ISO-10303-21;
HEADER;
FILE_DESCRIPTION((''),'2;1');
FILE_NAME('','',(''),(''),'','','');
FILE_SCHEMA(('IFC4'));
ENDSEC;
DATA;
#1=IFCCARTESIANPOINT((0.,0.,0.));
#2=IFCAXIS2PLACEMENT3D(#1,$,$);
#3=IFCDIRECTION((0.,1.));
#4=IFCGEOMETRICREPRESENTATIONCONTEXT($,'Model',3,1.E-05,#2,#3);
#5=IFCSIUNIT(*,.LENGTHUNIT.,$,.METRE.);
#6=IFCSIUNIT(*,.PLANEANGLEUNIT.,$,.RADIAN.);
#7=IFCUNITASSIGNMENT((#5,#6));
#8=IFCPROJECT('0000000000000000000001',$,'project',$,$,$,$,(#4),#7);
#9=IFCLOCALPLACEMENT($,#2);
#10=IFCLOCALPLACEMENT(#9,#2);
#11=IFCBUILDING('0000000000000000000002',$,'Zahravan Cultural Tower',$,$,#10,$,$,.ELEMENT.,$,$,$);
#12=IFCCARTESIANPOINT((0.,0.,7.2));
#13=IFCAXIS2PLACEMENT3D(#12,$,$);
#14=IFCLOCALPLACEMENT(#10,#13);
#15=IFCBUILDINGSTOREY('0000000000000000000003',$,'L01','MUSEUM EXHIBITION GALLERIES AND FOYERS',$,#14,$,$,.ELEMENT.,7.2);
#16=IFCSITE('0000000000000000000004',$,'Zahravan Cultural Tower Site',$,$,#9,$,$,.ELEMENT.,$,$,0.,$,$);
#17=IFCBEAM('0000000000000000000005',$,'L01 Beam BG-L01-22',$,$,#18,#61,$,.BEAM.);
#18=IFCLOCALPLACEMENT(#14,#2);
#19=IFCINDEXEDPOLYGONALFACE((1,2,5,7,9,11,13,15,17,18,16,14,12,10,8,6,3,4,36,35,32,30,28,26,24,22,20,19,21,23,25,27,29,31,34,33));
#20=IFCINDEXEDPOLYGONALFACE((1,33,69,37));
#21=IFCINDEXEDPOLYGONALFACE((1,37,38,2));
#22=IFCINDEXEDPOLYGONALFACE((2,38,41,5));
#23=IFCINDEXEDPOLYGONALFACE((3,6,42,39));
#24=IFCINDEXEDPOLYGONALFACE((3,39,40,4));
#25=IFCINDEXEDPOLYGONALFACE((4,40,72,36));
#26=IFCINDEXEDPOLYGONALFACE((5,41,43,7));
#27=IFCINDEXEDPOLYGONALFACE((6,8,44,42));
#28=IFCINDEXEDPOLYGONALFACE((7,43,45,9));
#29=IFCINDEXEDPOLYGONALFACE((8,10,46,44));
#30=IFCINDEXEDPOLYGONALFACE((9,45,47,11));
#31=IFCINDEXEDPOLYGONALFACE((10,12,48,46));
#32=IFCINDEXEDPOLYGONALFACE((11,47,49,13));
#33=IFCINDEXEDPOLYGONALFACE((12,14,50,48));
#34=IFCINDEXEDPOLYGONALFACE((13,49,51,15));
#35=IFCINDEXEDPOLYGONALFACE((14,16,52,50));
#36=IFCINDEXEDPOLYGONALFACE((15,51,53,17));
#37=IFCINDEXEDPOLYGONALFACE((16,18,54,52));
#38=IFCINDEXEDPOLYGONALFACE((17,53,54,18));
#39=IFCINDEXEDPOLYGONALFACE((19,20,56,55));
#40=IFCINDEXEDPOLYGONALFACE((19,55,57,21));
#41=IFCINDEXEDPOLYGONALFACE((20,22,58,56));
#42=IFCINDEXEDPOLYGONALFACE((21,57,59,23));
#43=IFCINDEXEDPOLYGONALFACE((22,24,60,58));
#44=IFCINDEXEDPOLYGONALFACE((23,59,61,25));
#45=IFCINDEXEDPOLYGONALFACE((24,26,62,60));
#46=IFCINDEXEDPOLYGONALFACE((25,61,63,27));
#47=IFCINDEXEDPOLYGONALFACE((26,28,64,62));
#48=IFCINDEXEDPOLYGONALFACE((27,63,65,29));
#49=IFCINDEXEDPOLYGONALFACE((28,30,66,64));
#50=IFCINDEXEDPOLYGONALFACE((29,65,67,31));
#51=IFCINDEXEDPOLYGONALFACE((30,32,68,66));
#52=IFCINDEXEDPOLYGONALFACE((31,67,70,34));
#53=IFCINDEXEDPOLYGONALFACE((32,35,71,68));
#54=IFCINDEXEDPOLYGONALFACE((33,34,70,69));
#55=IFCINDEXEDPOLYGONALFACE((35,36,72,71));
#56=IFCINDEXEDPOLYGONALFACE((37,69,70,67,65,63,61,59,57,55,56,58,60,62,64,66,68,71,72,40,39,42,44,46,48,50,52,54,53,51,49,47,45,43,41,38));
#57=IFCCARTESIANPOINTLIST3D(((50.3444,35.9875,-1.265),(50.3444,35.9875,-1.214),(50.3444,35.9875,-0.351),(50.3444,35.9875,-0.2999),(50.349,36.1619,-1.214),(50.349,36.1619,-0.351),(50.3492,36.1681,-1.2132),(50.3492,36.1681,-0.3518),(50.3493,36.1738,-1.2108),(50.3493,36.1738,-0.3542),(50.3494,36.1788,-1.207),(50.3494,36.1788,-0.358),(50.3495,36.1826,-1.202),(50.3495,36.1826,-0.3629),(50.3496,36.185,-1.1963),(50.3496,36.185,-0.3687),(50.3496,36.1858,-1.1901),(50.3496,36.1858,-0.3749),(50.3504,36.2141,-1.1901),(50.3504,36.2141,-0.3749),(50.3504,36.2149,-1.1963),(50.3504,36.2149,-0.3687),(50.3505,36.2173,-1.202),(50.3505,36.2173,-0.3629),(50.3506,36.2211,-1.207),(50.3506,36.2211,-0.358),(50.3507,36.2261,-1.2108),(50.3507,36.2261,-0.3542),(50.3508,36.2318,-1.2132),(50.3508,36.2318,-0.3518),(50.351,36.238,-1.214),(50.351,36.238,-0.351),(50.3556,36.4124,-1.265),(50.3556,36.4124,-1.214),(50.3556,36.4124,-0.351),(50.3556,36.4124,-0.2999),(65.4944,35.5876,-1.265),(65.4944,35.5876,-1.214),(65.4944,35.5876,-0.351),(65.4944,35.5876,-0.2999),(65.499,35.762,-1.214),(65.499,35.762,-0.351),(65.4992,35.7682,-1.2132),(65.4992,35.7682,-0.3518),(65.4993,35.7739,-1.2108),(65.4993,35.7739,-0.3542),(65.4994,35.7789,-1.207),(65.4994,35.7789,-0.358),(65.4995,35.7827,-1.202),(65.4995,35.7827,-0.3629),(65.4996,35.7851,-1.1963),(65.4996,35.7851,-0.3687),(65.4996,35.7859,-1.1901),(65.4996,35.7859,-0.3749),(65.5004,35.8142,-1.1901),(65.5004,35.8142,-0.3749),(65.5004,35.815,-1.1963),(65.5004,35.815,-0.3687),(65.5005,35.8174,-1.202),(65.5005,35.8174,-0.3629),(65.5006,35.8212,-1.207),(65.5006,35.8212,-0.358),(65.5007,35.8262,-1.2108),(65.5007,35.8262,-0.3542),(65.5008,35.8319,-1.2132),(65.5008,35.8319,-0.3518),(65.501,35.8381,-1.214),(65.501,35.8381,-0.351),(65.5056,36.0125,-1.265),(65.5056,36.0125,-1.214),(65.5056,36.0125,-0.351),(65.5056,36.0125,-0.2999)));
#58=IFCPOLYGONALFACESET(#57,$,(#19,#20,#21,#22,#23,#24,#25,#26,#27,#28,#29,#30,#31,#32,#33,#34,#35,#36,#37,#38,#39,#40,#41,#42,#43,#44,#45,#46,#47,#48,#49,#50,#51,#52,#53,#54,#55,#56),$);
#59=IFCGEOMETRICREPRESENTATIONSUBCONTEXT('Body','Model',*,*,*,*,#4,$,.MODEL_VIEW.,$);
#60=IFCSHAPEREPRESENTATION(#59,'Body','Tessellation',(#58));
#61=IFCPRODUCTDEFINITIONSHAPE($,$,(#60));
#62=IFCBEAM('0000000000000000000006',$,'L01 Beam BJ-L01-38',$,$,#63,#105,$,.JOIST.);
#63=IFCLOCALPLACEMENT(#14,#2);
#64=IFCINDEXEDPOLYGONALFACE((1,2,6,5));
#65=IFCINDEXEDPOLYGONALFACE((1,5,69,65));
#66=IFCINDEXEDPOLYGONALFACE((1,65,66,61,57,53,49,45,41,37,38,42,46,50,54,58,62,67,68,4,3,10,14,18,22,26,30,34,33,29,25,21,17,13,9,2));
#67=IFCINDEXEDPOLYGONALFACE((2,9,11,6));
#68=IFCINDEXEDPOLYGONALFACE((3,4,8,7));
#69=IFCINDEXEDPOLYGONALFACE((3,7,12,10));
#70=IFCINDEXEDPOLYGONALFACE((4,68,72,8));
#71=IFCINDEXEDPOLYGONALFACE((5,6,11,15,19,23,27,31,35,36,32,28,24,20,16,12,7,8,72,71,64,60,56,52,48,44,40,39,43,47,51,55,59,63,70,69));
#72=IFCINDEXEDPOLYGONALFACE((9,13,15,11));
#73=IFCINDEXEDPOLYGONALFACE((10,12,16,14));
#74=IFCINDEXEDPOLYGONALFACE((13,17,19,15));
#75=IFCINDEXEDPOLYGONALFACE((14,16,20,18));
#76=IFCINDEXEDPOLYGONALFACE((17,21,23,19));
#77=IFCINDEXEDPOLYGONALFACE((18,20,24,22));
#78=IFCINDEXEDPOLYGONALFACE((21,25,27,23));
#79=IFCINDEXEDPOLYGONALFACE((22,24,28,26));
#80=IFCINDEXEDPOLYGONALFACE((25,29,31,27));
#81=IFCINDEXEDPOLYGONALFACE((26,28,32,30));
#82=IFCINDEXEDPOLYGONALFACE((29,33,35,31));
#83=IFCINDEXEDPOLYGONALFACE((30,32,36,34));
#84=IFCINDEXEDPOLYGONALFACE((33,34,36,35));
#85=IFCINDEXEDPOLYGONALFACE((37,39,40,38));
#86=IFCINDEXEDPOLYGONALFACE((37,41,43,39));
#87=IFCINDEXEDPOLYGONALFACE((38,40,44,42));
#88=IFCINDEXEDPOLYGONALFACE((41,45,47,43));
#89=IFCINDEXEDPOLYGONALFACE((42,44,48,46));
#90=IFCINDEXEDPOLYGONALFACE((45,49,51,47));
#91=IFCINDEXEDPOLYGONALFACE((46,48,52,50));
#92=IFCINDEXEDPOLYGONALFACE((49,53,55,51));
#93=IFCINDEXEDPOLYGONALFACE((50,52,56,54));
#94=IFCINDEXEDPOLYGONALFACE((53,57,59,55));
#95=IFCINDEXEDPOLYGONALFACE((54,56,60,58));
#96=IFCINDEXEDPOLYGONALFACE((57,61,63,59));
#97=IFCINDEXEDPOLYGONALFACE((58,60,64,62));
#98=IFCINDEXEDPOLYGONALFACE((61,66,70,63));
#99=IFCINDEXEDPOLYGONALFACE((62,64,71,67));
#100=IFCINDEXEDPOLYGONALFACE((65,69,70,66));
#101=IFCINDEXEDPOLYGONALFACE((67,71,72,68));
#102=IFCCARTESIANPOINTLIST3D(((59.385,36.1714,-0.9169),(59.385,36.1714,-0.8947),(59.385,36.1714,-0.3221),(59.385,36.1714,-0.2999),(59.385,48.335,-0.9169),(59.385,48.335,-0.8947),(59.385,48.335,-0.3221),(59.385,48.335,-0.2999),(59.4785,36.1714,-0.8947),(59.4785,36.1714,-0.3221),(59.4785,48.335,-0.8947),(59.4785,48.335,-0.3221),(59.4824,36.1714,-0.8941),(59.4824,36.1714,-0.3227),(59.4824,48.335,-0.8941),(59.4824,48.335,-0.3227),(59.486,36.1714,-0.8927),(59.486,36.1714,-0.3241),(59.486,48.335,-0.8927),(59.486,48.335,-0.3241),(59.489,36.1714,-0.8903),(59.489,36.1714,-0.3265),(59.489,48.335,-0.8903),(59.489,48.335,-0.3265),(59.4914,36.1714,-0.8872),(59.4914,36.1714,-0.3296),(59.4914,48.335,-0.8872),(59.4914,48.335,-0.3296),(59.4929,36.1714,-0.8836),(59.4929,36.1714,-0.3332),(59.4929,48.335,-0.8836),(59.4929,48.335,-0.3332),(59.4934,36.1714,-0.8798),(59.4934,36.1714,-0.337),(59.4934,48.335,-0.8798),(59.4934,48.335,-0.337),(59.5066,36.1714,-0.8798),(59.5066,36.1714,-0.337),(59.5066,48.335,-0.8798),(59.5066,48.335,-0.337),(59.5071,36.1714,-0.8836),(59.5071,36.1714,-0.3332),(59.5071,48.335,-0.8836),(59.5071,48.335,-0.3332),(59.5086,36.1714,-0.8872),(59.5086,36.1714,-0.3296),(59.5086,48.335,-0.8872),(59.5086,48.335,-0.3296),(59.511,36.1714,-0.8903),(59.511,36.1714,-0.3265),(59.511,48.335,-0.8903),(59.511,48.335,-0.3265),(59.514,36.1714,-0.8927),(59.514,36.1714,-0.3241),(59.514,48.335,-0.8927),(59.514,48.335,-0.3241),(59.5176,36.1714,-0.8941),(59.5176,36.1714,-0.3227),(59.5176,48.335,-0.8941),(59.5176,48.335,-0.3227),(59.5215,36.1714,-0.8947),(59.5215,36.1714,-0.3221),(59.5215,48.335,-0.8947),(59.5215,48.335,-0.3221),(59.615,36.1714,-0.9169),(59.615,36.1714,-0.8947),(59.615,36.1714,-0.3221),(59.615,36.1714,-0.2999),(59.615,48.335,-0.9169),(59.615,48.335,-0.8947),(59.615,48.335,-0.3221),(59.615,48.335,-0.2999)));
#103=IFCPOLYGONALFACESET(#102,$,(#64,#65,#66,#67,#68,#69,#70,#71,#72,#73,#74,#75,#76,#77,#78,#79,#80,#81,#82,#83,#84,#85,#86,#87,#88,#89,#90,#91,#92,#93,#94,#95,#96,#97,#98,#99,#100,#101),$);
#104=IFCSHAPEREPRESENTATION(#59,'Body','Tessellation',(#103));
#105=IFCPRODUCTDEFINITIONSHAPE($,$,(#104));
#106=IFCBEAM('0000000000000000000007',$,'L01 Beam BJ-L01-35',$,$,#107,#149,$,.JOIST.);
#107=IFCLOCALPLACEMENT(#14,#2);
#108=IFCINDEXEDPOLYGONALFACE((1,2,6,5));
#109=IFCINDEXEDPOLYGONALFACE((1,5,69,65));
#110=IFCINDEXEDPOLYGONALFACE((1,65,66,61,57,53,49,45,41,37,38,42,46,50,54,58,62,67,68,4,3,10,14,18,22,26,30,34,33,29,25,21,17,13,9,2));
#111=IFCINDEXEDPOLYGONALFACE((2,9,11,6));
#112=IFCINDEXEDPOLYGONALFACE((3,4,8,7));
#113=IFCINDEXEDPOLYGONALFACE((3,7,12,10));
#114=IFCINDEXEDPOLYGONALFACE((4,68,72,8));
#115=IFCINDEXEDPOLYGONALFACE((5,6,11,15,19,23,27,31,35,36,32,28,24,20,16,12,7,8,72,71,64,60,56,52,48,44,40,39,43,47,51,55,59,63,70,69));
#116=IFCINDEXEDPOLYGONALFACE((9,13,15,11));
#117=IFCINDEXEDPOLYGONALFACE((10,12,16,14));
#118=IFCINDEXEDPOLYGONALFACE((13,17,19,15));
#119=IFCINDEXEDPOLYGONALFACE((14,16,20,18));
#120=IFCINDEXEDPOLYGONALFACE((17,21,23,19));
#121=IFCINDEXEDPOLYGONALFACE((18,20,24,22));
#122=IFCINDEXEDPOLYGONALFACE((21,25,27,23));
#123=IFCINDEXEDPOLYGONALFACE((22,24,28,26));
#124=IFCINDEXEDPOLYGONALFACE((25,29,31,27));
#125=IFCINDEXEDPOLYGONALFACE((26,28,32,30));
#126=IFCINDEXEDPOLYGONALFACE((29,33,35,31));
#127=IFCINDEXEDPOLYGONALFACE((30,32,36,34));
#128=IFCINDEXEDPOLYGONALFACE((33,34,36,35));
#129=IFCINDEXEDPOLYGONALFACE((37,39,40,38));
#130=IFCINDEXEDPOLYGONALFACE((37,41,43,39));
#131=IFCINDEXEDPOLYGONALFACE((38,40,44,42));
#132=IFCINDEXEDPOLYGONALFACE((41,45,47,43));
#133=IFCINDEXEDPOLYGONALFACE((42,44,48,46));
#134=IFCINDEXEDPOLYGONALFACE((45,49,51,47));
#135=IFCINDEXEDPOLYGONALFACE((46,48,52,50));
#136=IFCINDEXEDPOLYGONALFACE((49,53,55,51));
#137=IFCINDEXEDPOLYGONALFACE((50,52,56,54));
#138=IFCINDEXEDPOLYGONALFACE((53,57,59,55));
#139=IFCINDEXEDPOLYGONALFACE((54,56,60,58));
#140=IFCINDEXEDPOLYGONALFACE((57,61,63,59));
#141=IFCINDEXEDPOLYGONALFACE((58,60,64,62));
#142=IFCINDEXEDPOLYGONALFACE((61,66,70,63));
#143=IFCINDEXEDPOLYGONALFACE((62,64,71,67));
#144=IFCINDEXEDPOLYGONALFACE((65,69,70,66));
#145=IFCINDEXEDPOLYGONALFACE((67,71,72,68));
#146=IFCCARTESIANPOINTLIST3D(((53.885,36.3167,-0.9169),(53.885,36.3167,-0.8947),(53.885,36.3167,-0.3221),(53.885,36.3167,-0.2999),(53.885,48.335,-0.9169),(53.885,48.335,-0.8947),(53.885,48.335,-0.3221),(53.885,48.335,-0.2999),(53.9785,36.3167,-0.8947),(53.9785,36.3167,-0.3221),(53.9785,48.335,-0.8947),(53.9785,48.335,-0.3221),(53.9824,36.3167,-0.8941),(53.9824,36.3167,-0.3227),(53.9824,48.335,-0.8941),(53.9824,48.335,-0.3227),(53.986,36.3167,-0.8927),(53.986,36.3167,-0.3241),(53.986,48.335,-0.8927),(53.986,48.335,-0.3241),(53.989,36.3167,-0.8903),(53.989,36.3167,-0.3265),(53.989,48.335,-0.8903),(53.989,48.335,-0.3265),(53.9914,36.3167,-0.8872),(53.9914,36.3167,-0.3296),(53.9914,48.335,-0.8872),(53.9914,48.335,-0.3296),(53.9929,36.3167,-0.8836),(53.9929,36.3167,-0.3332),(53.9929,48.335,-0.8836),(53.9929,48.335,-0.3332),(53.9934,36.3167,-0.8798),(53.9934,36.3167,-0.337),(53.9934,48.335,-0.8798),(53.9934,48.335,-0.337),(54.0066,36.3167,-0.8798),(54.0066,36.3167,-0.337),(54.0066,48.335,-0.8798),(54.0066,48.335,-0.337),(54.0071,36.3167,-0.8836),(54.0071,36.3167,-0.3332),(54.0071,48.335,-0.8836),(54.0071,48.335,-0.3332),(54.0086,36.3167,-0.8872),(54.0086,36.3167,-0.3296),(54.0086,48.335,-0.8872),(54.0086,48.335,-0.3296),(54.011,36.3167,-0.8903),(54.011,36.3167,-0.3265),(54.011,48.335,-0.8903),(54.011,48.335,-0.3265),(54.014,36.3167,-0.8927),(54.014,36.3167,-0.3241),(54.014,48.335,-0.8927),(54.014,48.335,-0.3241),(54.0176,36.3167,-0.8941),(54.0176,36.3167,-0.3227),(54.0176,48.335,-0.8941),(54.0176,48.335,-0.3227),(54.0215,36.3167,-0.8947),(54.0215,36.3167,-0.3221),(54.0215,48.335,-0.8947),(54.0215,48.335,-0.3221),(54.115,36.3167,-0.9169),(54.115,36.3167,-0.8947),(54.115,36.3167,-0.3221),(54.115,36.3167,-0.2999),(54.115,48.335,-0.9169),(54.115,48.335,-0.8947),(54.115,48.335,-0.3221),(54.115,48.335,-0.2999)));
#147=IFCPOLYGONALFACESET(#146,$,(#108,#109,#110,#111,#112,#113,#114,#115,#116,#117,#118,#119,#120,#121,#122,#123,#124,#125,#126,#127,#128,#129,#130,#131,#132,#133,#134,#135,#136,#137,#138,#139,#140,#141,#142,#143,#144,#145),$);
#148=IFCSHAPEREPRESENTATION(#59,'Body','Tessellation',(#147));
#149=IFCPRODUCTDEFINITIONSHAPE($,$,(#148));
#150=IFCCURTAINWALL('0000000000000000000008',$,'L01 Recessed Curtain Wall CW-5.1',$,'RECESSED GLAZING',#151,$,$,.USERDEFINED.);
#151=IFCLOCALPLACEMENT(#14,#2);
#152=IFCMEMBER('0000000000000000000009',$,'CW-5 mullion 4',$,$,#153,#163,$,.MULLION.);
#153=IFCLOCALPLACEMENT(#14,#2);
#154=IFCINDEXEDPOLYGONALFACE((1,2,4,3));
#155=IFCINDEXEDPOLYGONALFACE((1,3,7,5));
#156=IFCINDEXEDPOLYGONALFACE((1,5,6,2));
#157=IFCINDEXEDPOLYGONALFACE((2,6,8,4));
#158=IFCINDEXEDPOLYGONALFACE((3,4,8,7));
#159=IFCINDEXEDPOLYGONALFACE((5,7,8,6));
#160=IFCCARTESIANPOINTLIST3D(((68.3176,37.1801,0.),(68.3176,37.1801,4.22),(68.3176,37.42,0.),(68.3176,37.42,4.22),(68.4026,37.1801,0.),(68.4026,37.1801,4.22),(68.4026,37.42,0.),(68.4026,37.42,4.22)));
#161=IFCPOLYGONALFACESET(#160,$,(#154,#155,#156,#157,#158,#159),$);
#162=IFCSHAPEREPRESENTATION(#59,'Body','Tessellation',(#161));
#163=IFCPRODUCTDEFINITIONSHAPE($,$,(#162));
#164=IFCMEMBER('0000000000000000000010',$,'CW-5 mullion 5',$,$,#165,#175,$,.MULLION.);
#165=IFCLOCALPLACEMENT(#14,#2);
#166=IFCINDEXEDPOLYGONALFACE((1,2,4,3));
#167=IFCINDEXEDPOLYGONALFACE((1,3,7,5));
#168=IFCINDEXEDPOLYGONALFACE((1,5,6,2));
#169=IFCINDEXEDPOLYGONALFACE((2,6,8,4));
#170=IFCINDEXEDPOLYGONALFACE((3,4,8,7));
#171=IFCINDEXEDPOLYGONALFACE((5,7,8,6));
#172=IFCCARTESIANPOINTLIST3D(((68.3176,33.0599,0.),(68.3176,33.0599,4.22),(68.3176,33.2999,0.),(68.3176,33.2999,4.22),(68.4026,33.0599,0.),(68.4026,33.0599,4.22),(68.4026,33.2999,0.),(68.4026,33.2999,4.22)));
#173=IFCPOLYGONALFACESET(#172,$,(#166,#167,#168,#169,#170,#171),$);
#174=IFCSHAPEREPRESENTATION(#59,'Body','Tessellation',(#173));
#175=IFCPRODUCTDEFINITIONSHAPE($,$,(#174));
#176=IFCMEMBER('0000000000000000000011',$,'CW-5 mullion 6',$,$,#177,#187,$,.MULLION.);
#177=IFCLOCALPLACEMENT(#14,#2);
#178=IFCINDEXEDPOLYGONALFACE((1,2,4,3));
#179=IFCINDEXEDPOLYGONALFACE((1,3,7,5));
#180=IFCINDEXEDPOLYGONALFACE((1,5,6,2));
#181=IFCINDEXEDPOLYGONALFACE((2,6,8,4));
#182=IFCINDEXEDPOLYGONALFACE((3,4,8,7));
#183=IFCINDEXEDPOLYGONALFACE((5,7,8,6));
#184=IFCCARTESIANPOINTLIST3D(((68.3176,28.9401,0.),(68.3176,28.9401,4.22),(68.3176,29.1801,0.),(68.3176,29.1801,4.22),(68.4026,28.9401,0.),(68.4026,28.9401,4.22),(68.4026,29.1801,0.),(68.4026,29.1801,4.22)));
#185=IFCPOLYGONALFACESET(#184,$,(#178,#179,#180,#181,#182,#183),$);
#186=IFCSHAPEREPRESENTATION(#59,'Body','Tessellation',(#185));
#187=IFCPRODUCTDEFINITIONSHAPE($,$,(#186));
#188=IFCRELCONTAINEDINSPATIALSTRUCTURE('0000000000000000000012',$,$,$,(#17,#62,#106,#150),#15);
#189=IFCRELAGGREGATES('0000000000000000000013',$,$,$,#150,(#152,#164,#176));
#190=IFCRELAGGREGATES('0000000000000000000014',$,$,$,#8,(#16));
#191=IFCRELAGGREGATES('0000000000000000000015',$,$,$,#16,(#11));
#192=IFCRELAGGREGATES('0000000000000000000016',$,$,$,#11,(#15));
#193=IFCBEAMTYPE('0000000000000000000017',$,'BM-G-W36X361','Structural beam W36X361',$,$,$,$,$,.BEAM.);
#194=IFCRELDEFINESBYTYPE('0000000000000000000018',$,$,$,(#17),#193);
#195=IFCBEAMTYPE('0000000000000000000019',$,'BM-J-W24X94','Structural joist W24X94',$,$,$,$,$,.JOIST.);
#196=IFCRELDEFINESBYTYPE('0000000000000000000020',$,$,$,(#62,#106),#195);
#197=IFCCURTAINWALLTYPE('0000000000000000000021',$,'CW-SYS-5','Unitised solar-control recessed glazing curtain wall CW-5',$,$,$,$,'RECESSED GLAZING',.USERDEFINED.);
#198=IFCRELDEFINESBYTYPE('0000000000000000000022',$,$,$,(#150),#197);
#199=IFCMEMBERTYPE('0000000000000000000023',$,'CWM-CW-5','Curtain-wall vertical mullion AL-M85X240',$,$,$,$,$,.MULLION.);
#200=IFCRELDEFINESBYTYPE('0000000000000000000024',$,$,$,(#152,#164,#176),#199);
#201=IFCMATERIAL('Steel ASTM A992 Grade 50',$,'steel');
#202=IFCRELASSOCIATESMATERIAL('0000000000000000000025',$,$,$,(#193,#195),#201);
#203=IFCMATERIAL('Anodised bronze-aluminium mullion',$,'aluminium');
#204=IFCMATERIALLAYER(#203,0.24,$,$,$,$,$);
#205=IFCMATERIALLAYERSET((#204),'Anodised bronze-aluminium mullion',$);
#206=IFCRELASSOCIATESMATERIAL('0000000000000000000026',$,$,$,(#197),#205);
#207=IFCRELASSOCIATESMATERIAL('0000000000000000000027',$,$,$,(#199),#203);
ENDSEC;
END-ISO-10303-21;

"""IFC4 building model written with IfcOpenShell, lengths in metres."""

from ifc_helpers import new_model, si_unit, direction, frame, origin, origin_2d, place, context, subcontext, project, spatial, rectangle, i_section, extrude, source, transform, mapped, material, layer, layer_set, material_profile, profile_set, type_object, element, aggregate, save


model = new_model("IFC4")

# Units and contexts
model_context = context("Model", 3, precision=1e-05, world=origin(), true_north=direction((0.0, 1.0)))
body_context = subcontext(model_context, "Body", "Model", "MODEL_VIEW")
ifc_project = project(units=[si_unit("LENGTHUNIT", "METRE"), si_unit("PLANEANGLEUNIT", "RADIAN")], contexts=[model_context])

# Site, building, storey
site_placement = place(None, origin())
site = spatial("IfcSite", under=ifc_project, at=site_placement, Name="Zahravan Cultural Tower Site", CompositionType="ELEMENT", RefElevation=0.0)
building_placement = place(site_placement, origin())
building = spatial("IfcBuilding", under=site, at=building_placement, Name="Zahravan Cultural Tower", CompositionType="ELEMENT")
storey_placement = place(building_placement, frame((0.0, 0.0, 7.2)))
storey = spatial("IfcBuildingStorey", under=building, at=storey_placement, Name="L01", Description="MUSEUM EXHIBITION GALLERIES AND FOYERS", CompositionType="ELEMENT", Elevation=7.2)

# Beams
ifc_material_1 = material(Name="Steel ASTM A992 Grade 50", Category="steel")
ifc_material_profile_1 = material_profile(ifc_material_1, i_section(OverallWidth=0.425, OverallDepth=0.9651, WebThickness=0.0283, FlangeThickness=0.051, FilletRadius=0.0239, at=origin_2d()), Name="W36X361")
ifc_profile_set_1 = profile_set([ifc_material_profile_1], Name="Steel ASTM A992 Grade 50")
beam_type_1 = type_object("IfcBeamType", Name="BM-G-W36X361", Description="Structural beam W36X361", PredefinedType="BEAM", material=ifc_profile_set_1)
shared_shape_1 = source(origin(), body_context, "Body", "SweptSolid", [
    extrude(i_section(OverallWidth=0.425, OverallDepth=0.9651, WebThickness=0.0283, FlangeThickness=0.051, FilletRadius=0.0239, at=origin_2d()), origin(), (0.0, 0.0, 1.0), 15.1553),
])
beam_1_placement = place(storey_placement, frame((65.5, 35.8, -0.7825), z_axis=(-0.999652, 0.026387, 0.0), x_axis=(-0.026387, -0.999652, 0.0)))
element("IfcBeam", 1, at=beam_1_placement, inside=storey, type_object=beam_type_1, Name="L01 Beam BG-L01-22", PredefinedType="BEAM", context=body_context, shape_type="MappedRepresentation", body=[
    mapped(shared_shape_1, transform((0.0, 0.0, 0.0), x_axis=(1.0, 0.0, 0.0), y_axis=(0.0, 1.0, 0.0), z_axis=(0.0, 0.0, 1.0), scale=1.0)),
])
ifc_material_profile_2 = material_profile(ifc_material_1, i_section(OverallWidth=0.23, OverallDepth=0.6169, WebThickness=0.0132, FlangeThickness=0.0222, FilletRadius=0.0149, at=origin_2d()), Name="W24X94")
ifc_profile_set_2 = profile_set([ifc_material_profile_2], Name="Steel ASTM A992 Grade 50")
beam_type_2 = type_object("IfcBeamType", Name="BM-J-W24X94", Description="Structural joist W24X94", PredefinedType="JOIST", material=ifc_profile_set_2)
shared_shape_2 = source(origin(), body_context, "Body", "SweptSolid", [
    extrude(i_section(OverallWidth=0.23, OverallDepth=0.6169, WebThickness=0.0132, FlangeThickness=0.0222, FilletRadius=0.0149, at=origin_2d()), origin(), (0.0, 0.0, 1.0), 12.1636),
])
beam_2_placement = place(storey_placement, frame((59.5, 36.1714, -0.6084), z_axis=(0.0, 1.0, 0.0), x_axis=(-1.0, 0.0, 0.0)))
element("IfcBeam", 2, at=beam_2_placement, inside=storey, type_object=beam_type_2, Name="L01 Beam BJ-L01-38", PredefinedType="JOIST", context=body_context, shape_type="MappedRepresentation", body=[
    mapped(shared_shape_2, transform((0.0, 0.0, 0.0), x_axis=(1.0, 0.0, 0.0), y_axis=(0.0, 1.0, 0.0), z_axis=(0.0, 0.0, 1.0), scale=1.0)),
])
shared_shape_3 = source(origin(), body_context, "Body", "SweptSolid", [
    extrude(i_section(OverallWidth=0.23, OverallDepth=0.6169, WebThickness=0.0132, FlangeThickness=0.0222, FilletRadius=0.0149, at=origin_2d()), origin(), (0.0, 0.0, 1.0), 12.0183),
])
beam_3_placement = place(storey_placement, frame((54.0, 36.3167, -0.6084), z_axis=(0.0, 1.0, 0.0), x_axis=(-1.0, 0.0, 0.0)))
element("IfcBeam", 3, at=beam_3_placement, inside=storey, type_object=beam_type_2, Name="L01 Beam BJ-L01-35", PredefinedType="JOIST", context=body_context, shape_type="MappedRepresentation", body=[
    mapped(shared_shape_3, transform((0.0, 0.0, 0.0), x_axis=(1.0, 0.0, 0.0), y_axis=(0.0, 1.0, 0.0), z_axis=(0.0, 0.0, 1.0), scale=1.0)),
])

# Curtain wall, members
ifc_material_2 = material(Name="Anodised bronze-aluminium mullion", Category="aluminium")
ifc_layer_1 = layer(ifc_material_2, 0.24)
ifc_layer_set_1 = layer_set([ifc_layer_1], Name="Anodised bronze-aluminium mullion")
curtain_wall_type = type_object("IfcCurtainWallType", Name="CW-SYS-5", Description="Unitised solar-control recessed glazing curtain wall CW-5", ElementType="RECESSED GLAZING", PredefinedType="USERDEFINED", material=ifc_layer_set_1)
curtain_wall_placement = place(storey_placement, origin())
curtain_wall = element("IfcCurtainWall", 4, at=curtain_wall_placement, inside=storey, type_object=curtain_wall_type, Name="L01 Recessed Curtain Wall CW-5.1", ObjectType="RECESSED GLAZING", PredefinedType="USERDEFINED")
ifc_material_profile_3 = material_profile(ifc_material_2, rectangle(XDim=0.085, YDim=0.24, at=origin_2d()), Name="AL-M85X240")
ifc_profile_set_3 = profile_set([ifc_material_profile_3], Name="Anodised bronze-aluminium mullion")
member_type_1 = type_object("IfcMemberType", Name="CWM-CW-5", Description="Curtain-wall vertical mullion AL-M85X240", PredefinedType="MULLION", material=ifc_profile_set_3)
shared_shape_4 = source(origin(), body_context, "Body", "SweptSolid", [
    extrude(rectangle(XDim=0.085, YDim=0.24, at=origin_2d()), origin(), (0.0, 0.0, 1.0), 4.22),
])
member_1_placement = place(storey_placement, frame((68.3601, 37.3, 0.0), z_axis=(0.0, 0.0, 1.0), x_axis=(1.0, 0.0, 0.0)))
member_1 = element("IfcMember", 5, at=member_1_placement, type_object=member_type_1, Name="CW-5 mullion 4", PredefinedType="MULLION", context=body_context, shape_type="MappedRepresentation", body=[
    mapped(shared_shape_4, transform((0.0, 0.0, 0.0), x_axis=(1.0, 0.0, 0.0), y_axis=(0.0, 1.0, 0.0), z_axis=(0.0, 0.0, 1.0), scale=1.0)),
])
member_2_placement = place(storey_placement, frame((68.3601, 33.1799, 0.0), z_axis=(0.0, 0.0, 1.0), x_axis=(1.0, 0.0, 0.0)))
member_2 = element("IfcMember", 6, at=member_2_placement, type_object=member_type_1, Name="CW-5 mullion 5", PredefinedType="MULLION", context=body_context, shape_type="MappedRepresentation", body=[
    mapped(shared_shape_4, transform((0.0, 0.0, 0.0), x_axis=(1.0, 0.0, 0.0), y_axis=(0.0, 1.0, 0.0), z_axis=(0.0, 0.0, 1.0), scale=1.0)),
])
member_3_placement = place(storey_placement, frame((68.3601, 29.0601, 0.0), z_axis=(0.0, 0.0, 1.0), x_axis=(1.0, 0.0, 0.0)))
member_3 = element("IfcMember", 7, at=member_3_placement, type_object=member_type_1, Name="CW-5 mullion 6", PredefinedType="MULLION", context=body_context, shape_type="MappedRepresentation", body=[
    mapped(shared_shape_4, transform((0.0, 0.0, 0.0), x_axis=(1.0, 0.0, 0.0), y_axis=(0.0, 1.0, 0.0), z_axis=(0.0, 0.0, 1.0), scale=1.0)),
])
aggregate(curtain_wall, [member_1, member_2, member_3])

save(model, "model.ifc")
